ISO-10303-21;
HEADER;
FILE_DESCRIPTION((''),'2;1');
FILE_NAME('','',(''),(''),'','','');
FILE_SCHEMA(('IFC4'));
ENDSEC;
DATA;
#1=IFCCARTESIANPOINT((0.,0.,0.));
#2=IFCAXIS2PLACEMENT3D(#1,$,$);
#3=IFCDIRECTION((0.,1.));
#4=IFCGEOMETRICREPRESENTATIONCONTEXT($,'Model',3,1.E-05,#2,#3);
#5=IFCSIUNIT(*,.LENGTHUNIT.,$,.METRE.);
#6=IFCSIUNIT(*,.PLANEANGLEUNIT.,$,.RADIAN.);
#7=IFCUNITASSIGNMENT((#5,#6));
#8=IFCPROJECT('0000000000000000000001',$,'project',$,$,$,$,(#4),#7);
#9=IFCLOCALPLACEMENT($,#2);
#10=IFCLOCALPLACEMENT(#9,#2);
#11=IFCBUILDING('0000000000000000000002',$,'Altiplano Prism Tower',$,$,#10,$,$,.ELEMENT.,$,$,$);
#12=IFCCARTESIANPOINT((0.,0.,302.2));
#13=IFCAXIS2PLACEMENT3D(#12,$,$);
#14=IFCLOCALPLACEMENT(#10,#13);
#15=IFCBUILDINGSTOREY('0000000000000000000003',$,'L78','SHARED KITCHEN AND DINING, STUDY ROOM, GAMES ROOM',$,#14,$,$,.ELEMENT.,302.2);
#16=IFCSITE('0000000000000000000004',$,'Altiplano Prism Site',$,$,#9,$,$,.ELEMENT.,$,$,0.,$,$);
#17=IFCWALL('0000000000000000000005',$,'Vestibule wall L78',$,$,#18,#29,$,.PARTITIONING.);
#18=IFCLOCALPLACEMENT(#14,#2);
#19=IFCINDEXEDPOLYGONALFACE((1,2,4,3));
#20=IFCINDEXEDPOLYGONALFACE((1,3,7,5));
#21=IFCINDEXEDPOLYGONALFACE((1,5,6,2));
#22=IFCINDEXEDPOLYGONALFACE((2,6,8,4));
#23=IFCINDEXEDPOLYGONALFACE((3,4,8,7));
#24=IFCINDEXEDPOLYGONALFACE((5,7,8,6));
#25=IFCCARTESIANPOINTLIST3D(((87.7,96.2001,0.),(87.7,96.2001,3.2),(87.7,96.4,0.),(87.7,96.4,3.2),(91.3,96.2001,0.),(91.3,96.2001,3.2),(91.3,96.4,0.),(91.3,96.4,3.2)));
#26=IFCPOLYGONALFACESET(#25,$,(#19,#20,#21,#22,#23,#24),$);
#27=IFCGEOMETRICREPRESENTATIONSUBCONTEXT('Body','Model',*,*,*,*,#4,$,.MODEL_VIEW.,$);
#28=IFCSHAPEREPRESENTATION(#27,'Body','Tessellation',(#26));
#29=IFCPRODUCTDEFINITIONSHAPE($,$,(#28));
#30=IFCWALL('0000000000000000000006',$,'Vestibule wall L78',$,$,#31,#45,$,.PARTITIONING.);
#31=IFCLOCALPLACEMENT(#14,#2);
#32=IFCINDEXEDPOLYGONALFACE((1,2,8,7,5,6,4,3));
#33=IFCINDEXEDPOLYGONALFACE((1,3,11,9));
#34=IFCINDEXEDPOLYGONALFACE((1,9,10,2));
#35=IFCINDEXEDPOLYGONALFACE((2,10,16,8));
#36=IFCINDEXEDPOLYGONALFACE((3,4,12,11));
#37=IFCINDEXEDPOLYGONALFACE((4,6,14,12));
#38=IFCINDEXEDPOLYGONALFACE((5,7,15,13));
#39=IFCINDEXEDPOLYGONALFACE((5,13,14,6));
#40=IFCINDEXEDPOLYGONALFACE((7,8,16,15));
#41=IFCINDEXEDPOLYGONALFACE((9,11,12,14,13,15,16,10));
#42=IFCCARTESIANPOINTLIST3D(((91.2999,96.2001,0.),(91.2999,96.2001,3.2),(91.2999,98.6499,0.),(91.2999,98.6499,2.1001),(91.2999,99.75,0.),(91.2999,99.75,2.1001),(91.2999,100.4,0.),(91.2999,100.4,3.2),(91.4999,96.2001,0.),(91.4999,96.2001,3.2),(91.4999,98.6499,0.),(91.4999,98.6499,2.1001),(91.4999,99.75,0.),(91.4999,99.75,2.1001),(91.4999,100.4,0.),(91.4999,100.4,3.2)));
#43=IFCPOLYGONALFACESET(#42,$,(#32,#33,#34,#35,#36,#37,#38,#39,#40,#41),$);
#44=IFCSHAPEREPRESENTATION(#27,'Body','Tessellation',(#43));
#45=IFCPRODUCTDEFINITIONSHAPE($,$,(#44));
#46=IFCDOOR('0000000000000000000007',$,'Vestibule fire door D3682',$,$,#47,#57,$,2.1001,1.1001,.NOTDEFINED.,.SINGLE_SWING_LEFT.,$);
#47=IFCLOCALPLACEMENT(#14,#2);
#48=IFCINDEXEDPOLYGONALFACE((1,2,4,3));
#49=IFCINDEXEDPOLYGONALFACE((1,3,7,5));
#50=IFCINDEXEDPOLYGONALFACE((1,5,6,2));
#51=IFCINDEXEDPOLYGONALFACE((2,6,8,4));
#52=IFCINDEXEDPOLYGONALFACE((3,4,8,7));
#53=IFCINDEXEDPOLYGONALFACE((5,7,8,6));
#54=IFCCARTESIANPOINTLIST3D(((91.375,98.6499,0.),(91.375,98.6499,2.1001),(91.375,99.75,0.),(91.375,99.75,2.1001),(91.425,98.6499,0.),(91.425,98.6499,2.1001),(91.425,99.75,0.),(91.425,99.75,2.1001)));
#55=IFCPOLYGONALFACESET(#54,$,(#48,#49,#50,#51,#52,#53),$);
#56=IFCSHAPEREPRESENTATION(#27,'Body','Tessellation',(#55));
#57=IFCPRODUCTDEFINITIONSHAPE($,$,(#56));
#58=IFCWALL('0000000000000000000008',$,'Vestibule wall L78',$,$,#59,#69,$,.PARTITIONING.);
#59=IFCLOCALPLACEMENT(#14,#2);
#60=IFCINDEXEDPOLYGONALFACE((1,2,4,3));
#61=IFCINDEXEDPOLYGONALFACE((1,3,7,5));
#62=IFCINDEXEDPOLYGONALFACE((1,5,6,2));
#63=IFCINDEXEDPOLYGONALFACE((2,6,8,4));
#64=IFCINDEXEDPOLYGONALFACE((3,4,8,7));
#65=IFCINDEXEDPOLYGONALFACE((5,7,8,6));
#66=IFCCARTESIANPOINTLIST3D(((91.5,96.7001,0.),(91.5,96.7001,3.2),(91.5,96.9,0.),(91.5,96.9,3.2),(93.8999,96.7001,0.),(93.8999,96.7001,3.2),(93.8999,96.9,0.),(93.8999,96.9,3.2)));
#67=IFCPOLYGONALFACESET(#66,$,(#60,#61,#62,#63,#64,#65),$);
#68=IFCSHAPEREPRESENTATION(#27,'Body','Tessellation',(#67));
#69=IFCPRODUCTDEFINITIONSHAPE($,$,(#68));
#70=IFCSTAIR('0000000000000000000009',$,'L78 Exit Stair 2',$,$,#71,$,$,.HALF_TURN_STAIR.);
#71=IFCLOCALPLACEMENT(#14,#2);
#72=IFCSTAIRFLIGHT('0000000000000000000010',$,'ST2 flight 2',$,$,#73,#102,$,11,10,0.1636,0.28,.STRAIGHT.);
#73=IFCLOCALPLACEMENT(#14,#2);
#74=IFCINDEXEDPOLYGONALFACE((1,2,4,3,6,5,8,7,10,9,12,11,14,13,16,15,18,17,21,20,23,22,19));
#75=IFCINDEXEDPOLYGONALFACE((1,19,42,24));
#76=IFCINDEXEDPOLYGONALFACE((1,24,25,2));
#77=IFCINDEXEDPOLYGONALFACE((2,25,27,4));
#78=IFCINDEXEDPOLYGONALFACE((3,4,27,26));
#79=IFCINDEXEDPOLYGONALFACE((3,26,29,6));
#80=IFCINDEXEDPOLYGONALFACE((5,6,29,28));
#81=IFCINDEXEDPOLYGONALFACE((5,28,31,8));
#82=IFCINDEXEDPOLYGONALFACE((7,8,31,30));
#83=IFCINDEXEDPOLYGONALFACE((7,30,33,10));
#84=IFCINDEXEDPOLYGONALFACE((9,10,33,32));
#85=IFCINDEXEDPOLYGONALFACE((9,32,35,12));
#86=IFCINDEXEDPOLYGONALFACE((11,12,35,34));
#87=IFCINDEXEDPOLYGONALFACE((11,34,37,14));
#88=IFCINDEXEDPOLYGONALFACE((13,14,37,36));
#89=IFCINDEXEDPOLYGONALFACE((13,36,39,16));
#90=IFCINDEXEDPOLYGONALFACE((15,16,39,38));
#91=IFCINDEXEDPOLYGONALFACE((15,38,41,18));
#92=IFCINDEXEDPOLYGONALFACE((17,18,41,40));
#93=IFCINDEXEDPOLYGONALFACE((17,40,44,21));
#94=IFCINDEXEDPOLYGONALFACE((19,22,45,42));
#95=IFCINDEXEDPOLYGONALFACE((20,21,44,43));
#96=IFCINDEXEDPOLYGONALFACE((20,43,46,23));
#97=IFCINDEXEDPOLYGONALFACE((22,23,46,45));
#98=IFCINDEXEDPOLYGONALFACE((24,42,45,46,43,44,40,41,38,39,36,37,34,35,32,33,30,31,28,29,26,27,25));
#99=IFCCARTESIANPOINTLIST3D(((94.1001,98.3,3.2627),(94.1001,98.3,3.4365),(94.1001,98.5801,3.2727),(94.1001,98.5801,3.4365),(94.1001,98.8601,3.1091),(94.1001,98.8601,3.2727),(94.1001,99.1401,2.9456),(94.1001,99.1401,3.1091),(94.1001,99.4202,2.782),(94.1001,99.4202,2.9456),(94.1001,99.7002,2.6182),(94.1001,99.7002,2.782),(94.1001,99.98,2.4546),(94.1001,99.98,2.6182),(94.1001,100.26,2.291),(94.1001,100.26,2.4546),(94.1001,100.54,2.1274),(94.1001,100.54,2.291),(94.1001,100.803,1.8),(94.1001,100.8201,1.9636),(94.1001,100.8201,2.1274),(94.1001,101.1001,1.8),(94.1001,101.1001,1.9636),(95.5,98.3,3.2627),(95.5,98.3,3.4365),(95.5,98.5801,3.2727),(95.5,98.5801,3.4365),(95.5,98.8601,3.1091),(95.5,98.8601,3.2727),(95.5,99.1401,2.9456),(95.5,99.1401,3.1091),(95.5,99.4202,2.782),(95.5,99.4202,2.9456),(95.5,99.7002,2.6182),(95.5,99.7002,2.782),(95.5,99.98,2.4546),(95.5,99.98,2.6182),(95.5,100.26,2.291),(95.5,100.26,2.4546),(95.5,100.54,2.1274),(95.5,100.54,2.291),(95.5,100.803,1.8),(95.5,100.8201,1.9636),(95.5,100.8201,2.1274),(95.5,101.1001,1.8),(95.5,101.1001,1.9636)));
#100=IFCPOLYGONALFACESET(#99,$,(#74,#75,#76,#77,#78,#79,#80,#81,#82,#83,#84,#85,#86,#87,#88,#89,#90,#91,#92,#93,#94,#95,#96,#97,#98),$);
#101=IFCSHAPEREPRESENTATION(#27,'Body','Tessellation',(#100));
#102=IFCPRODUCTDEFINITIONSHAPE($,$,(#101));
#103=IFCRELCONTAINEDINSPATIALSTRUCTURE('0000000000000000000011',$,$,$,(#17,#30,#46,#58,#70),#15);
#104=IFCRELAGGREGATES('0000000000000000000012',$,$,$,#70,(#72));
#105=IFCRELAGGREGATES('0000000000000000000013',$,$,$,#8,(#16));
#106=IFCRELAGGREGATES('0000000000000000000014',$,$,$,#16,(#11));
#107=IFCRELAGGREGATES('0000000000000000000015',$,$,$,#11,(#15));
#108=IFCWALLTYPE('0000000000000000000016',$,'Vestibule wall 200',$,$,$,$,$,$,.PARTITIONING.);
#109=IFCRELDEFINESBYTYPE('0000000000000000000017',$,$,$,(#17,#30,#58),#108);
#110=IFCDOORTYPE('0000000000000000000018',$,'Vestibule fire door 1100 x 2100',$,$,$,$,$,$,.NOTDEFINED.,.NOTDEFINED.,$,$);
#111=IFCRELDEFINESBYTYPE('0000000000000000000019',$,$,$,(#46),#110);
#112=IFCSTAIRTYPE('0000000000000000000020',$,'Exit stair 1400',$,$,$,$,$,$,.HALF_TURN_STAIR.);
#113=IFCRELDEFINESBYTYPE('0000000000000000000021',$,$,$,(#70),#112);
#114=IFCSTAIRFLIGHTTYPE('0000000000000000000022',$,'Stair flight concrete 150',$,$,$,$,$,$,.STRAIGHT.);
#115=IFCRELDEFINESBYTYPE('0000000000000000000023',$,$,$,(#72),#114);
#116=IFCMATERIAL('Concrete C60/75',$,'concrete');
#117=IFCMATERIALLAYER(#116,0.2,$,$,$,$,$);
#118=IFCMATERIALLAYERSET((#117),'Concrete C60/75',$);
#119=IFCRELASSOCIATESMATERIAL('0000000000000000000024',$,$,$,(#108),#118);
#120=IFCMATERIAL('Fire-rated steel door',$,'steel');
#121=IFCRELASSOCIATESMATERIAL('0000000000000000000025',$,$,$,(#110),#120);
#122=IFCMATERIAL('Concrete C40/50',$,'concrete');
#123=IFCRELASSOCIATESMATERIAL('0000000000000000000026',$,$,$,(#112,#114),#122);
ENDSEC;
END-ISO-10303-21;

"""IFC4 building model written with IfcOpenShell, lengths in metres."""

from ifc_helpers import new_model, si_unit, direction, frame, frame_2d, origin, place, context, subcontext, project, spatial, polyline, rectangle, outline, extrude, material, layer, layer_set, type_object, element, fill, aggregate, save


model = new_model("IFC4")

# Units and contexts
model_context = context("Model", 3, precision=1e-05, world=origin(), true_north=direction((0.0, 1.0)))
body_context = subcontext(model_context, "Body", "Model", "MODEL_VIEW")
ifc_project = project(units=[si_unit("LENGTHUNIT", "METRE"), si_unit("PLANEANGLEUNIT", "RADIAN")], contexts=[model_context])

# Site, building, storey
site_placement = place(None, origin())
site = spatial("IfcSite", under=ifc_project, at=site_placement, Name="Altiplano Prism Site", CompositionType="ELEMENT", RefElevation=0.0)
building_placement = place(site_placement, origin())
building = spatial("IfcBuilding", under=site, at=building_placement, Name="Altiplano Prism Tower", CompositionType="ELEMENT")
storey_placement = place(building_placement, frame((0.0, 0.0, 302.2)))
storey = spatial("IfcBuildingStorey", under=building, at=storey_placement, Name="L78", Description="SHARED KITCHEN AND DINING, STUDY ROOM, GAMES ROOM", CompositionType="ELEMENT", Elevation=302.2)

# Shared definitions
ifc_material_1 = material(Name="Concrete C60/75", Category="concrete")

# Shared definitions
ifc_material_2 = material(Name="Fire-rated steel door", Category="steel")

# Shared definitions
ifc_layer_1 = layer(ifc_material_1, 0.2)
ifc_layer_set_1 = layer_set([ifc_layer_1], Name="Concrete C60/75")
wall_type_1 = type_object("IfcWallType", Name="Vestibule wall 200", PredefinedType="PARTITIONING", material=ifc_layer_set_1)

# Shared definitions
door_type_1 = type_object("IfcDoorType", Name="Vestibule fire door 1100 x 2100", OperationType="NOTDEFINED", PredefinedType="NOTDEFINED", material=ifc_material_2)

# Wall
wall_1_placement = place(storey_placement, frame((87.7, 96.3, 0.0), z_axis=(0.0, 0.0, 1.0), x_axis=(1.0, 0.0, 0.0)))
element("IfcWall", 1, at=wall_1_placement, inside=storey, type_object=wall_type_1, Name="Vestibule wall L78", PredefinedType="PARTITIONING", context=body_context, shape_type="SweptSolid", body=[
    extrude(rectangle(XDim=3.6001, YDim=0.2, at=frame_2d((1.8, 0.0))), origin(), (0.0, 0.0, 1.0), 3.2),
])

# Wall, opening, door
wall_2_placement = place(storey_placement, frame((91.3999, 96.2, 0.0), z_axis=(0.0, 0.0, 1.0), x_axis=(0.0, 1.0, 0.0)))
wall_2 = element("IfcWall", 2, at=wall_2_placement, inside=storey, type_object=wall_type_1, Name="Vestibule wall L78", PredefinedType="PARTITIONING", context=body_context, shape_type="SweptSolid", body=[
    extrude(rectangle(XDim=4.2, YDim=0.2, at=frame_2d((2.1001, 0.0))), origin(), (0.0, 0.0, 1.0), 3.2),
])
opening_1_placement = place(wall_2_placement, frame((2.45, 0.0, 0.0)))
opening_1 = element("IfcOpeningElement", 3, at=opening_1_placement, cuts=wall_2, PredefinedType="OPENING", context=body_context, shape_type="SweptSolid", body=[
    extrude(rectangle(XDim=1.1001, YDim=2.1001, at=frame_2d((0.55, 1.05))), frame((0.0, 0.1104, 0.0), z_axis=(0.0, -1.0, 0.0), x_axis=(1.0, 0.0, 0.0)), (0.0, 0.0, 1.0), 0.2209),
])
door_1_placement = place(opening_1_placement, origin())
door_1 = element("IfcDoor", 4, at=door_1_placement, inside=storey, type_object=door_type_1, Name="Vestibule fire door D3682", OperationType="SINGLE_SWING_LEFT", OverallHeight=2.1001, OverallWidth=1.1001, PredefinedType="NOTDEFINED", context=body_context, shape_type="SweptSolid", body=[
    extrude(rectangle(XDim=1.1001, YDim=2.1001, at=frame_2d((0.55, 1.05))), frame((0.0, 0.0249, 0.0), z_axis=(0.0, -1.0, 0.0), x_axis=(1.0, 0.0, 0.0)), (0.0, 0.0, 1.0), 0.05),
])
fill(opening_1, door_1)

# Wall
wall_3_placement = place(storey_placement, frame((91.5, 96.8, 0.0), z_axis=(0.0, 0.0, 1.0), x_axis=(1.0, 0.0, 0.0)))
element("IfcWall", 5, at=wall_3_placement, inside=storey, type_object=wall_type_1, Name="Vestibule wall L78", PredefinedType="PARTITIONING", context=body_context, shape_type="SweptSolid", body=[
    extrude(rectangle(XDim=2.3999, YDim=0.2, at=frame_2d((1.2, 0.0))), origin(), (0.0, 0.0, 1.0), 3.2),
])

# Stair, stair flight
ifc_material_3 = material(Name="Concrete C40/50", Category="concrete")
stair_type = type_object("IfcStairType", Name="Exit stair 1400", PredefinedType="HALF_TURN_STAIR", material=ifc_material_3)
stair_placement = place(storey_placement, origin())
stair = element("IfcStair", 6, at=stair_placement, inside=storey, type_object=stair_type, Name="L78 Exit Stair 2", PredefinedType="HALF_TURN_STAIR")
stair_flight_type = type_object("IfcStairFlightType", Name="Stair flight concrete 150", PredefinedType="STRAIGHT", material=ifc_material_3)
stair_flight_placement = place(storey_placement, frame((94.8, 101.1001, 1.8), z_axis=(0.0, 0.0, 1.0), x_axis=(0.0, -1.0, 0.0)))
stair_flight = element("IfcStairFlight", 7, at=stair_flight_placement, type_object=stair_flight_type, Name="ST2 flight 2", NumberOfRisers=11, NumberOfTreads=10, PredefinedType="STRAIGHT", RiserHeight=0.1636, TreadLength=0.28, context=body_context, shape_type="SweptSolid", body=[
    extrude(outline(polyline([(0.0, 0.0), (0.0, 0.1636), (0.28, 0.1636), (0.28, 0.3274), (0.5601, 0.3274), (0.5601, 0.491), (0.8401, 0.491), (0.8401, 0.6545), (1.1201, 0.6545), (1.1201, 0.8181), (1.3999, 0.8181), (1.3999, 0.9819), (1.6799, 0.9819), (1.6799, 1.1455), (1.96, 1.1455), (1.96, 1.3091), (2.24, 1.3091), (2.24, 1.4727), (2.52, 1.4727), (2.52, 1.6365), (2.8, 1.6365), (2.8, 1.8), (2.8, 1.4626), (0.2971, 0.0), (0.0, 0.0)])), frame((0.0, 0.7, 0.0), z_axis=(0.0, -1.0, 0.0), x_axis=(1.0, 0.0, 0.0)), (0.0, 0.0, 1.0), 1.3999),
])
aggregate(stair, [stair_flight])

save(model, "model.ifc")
